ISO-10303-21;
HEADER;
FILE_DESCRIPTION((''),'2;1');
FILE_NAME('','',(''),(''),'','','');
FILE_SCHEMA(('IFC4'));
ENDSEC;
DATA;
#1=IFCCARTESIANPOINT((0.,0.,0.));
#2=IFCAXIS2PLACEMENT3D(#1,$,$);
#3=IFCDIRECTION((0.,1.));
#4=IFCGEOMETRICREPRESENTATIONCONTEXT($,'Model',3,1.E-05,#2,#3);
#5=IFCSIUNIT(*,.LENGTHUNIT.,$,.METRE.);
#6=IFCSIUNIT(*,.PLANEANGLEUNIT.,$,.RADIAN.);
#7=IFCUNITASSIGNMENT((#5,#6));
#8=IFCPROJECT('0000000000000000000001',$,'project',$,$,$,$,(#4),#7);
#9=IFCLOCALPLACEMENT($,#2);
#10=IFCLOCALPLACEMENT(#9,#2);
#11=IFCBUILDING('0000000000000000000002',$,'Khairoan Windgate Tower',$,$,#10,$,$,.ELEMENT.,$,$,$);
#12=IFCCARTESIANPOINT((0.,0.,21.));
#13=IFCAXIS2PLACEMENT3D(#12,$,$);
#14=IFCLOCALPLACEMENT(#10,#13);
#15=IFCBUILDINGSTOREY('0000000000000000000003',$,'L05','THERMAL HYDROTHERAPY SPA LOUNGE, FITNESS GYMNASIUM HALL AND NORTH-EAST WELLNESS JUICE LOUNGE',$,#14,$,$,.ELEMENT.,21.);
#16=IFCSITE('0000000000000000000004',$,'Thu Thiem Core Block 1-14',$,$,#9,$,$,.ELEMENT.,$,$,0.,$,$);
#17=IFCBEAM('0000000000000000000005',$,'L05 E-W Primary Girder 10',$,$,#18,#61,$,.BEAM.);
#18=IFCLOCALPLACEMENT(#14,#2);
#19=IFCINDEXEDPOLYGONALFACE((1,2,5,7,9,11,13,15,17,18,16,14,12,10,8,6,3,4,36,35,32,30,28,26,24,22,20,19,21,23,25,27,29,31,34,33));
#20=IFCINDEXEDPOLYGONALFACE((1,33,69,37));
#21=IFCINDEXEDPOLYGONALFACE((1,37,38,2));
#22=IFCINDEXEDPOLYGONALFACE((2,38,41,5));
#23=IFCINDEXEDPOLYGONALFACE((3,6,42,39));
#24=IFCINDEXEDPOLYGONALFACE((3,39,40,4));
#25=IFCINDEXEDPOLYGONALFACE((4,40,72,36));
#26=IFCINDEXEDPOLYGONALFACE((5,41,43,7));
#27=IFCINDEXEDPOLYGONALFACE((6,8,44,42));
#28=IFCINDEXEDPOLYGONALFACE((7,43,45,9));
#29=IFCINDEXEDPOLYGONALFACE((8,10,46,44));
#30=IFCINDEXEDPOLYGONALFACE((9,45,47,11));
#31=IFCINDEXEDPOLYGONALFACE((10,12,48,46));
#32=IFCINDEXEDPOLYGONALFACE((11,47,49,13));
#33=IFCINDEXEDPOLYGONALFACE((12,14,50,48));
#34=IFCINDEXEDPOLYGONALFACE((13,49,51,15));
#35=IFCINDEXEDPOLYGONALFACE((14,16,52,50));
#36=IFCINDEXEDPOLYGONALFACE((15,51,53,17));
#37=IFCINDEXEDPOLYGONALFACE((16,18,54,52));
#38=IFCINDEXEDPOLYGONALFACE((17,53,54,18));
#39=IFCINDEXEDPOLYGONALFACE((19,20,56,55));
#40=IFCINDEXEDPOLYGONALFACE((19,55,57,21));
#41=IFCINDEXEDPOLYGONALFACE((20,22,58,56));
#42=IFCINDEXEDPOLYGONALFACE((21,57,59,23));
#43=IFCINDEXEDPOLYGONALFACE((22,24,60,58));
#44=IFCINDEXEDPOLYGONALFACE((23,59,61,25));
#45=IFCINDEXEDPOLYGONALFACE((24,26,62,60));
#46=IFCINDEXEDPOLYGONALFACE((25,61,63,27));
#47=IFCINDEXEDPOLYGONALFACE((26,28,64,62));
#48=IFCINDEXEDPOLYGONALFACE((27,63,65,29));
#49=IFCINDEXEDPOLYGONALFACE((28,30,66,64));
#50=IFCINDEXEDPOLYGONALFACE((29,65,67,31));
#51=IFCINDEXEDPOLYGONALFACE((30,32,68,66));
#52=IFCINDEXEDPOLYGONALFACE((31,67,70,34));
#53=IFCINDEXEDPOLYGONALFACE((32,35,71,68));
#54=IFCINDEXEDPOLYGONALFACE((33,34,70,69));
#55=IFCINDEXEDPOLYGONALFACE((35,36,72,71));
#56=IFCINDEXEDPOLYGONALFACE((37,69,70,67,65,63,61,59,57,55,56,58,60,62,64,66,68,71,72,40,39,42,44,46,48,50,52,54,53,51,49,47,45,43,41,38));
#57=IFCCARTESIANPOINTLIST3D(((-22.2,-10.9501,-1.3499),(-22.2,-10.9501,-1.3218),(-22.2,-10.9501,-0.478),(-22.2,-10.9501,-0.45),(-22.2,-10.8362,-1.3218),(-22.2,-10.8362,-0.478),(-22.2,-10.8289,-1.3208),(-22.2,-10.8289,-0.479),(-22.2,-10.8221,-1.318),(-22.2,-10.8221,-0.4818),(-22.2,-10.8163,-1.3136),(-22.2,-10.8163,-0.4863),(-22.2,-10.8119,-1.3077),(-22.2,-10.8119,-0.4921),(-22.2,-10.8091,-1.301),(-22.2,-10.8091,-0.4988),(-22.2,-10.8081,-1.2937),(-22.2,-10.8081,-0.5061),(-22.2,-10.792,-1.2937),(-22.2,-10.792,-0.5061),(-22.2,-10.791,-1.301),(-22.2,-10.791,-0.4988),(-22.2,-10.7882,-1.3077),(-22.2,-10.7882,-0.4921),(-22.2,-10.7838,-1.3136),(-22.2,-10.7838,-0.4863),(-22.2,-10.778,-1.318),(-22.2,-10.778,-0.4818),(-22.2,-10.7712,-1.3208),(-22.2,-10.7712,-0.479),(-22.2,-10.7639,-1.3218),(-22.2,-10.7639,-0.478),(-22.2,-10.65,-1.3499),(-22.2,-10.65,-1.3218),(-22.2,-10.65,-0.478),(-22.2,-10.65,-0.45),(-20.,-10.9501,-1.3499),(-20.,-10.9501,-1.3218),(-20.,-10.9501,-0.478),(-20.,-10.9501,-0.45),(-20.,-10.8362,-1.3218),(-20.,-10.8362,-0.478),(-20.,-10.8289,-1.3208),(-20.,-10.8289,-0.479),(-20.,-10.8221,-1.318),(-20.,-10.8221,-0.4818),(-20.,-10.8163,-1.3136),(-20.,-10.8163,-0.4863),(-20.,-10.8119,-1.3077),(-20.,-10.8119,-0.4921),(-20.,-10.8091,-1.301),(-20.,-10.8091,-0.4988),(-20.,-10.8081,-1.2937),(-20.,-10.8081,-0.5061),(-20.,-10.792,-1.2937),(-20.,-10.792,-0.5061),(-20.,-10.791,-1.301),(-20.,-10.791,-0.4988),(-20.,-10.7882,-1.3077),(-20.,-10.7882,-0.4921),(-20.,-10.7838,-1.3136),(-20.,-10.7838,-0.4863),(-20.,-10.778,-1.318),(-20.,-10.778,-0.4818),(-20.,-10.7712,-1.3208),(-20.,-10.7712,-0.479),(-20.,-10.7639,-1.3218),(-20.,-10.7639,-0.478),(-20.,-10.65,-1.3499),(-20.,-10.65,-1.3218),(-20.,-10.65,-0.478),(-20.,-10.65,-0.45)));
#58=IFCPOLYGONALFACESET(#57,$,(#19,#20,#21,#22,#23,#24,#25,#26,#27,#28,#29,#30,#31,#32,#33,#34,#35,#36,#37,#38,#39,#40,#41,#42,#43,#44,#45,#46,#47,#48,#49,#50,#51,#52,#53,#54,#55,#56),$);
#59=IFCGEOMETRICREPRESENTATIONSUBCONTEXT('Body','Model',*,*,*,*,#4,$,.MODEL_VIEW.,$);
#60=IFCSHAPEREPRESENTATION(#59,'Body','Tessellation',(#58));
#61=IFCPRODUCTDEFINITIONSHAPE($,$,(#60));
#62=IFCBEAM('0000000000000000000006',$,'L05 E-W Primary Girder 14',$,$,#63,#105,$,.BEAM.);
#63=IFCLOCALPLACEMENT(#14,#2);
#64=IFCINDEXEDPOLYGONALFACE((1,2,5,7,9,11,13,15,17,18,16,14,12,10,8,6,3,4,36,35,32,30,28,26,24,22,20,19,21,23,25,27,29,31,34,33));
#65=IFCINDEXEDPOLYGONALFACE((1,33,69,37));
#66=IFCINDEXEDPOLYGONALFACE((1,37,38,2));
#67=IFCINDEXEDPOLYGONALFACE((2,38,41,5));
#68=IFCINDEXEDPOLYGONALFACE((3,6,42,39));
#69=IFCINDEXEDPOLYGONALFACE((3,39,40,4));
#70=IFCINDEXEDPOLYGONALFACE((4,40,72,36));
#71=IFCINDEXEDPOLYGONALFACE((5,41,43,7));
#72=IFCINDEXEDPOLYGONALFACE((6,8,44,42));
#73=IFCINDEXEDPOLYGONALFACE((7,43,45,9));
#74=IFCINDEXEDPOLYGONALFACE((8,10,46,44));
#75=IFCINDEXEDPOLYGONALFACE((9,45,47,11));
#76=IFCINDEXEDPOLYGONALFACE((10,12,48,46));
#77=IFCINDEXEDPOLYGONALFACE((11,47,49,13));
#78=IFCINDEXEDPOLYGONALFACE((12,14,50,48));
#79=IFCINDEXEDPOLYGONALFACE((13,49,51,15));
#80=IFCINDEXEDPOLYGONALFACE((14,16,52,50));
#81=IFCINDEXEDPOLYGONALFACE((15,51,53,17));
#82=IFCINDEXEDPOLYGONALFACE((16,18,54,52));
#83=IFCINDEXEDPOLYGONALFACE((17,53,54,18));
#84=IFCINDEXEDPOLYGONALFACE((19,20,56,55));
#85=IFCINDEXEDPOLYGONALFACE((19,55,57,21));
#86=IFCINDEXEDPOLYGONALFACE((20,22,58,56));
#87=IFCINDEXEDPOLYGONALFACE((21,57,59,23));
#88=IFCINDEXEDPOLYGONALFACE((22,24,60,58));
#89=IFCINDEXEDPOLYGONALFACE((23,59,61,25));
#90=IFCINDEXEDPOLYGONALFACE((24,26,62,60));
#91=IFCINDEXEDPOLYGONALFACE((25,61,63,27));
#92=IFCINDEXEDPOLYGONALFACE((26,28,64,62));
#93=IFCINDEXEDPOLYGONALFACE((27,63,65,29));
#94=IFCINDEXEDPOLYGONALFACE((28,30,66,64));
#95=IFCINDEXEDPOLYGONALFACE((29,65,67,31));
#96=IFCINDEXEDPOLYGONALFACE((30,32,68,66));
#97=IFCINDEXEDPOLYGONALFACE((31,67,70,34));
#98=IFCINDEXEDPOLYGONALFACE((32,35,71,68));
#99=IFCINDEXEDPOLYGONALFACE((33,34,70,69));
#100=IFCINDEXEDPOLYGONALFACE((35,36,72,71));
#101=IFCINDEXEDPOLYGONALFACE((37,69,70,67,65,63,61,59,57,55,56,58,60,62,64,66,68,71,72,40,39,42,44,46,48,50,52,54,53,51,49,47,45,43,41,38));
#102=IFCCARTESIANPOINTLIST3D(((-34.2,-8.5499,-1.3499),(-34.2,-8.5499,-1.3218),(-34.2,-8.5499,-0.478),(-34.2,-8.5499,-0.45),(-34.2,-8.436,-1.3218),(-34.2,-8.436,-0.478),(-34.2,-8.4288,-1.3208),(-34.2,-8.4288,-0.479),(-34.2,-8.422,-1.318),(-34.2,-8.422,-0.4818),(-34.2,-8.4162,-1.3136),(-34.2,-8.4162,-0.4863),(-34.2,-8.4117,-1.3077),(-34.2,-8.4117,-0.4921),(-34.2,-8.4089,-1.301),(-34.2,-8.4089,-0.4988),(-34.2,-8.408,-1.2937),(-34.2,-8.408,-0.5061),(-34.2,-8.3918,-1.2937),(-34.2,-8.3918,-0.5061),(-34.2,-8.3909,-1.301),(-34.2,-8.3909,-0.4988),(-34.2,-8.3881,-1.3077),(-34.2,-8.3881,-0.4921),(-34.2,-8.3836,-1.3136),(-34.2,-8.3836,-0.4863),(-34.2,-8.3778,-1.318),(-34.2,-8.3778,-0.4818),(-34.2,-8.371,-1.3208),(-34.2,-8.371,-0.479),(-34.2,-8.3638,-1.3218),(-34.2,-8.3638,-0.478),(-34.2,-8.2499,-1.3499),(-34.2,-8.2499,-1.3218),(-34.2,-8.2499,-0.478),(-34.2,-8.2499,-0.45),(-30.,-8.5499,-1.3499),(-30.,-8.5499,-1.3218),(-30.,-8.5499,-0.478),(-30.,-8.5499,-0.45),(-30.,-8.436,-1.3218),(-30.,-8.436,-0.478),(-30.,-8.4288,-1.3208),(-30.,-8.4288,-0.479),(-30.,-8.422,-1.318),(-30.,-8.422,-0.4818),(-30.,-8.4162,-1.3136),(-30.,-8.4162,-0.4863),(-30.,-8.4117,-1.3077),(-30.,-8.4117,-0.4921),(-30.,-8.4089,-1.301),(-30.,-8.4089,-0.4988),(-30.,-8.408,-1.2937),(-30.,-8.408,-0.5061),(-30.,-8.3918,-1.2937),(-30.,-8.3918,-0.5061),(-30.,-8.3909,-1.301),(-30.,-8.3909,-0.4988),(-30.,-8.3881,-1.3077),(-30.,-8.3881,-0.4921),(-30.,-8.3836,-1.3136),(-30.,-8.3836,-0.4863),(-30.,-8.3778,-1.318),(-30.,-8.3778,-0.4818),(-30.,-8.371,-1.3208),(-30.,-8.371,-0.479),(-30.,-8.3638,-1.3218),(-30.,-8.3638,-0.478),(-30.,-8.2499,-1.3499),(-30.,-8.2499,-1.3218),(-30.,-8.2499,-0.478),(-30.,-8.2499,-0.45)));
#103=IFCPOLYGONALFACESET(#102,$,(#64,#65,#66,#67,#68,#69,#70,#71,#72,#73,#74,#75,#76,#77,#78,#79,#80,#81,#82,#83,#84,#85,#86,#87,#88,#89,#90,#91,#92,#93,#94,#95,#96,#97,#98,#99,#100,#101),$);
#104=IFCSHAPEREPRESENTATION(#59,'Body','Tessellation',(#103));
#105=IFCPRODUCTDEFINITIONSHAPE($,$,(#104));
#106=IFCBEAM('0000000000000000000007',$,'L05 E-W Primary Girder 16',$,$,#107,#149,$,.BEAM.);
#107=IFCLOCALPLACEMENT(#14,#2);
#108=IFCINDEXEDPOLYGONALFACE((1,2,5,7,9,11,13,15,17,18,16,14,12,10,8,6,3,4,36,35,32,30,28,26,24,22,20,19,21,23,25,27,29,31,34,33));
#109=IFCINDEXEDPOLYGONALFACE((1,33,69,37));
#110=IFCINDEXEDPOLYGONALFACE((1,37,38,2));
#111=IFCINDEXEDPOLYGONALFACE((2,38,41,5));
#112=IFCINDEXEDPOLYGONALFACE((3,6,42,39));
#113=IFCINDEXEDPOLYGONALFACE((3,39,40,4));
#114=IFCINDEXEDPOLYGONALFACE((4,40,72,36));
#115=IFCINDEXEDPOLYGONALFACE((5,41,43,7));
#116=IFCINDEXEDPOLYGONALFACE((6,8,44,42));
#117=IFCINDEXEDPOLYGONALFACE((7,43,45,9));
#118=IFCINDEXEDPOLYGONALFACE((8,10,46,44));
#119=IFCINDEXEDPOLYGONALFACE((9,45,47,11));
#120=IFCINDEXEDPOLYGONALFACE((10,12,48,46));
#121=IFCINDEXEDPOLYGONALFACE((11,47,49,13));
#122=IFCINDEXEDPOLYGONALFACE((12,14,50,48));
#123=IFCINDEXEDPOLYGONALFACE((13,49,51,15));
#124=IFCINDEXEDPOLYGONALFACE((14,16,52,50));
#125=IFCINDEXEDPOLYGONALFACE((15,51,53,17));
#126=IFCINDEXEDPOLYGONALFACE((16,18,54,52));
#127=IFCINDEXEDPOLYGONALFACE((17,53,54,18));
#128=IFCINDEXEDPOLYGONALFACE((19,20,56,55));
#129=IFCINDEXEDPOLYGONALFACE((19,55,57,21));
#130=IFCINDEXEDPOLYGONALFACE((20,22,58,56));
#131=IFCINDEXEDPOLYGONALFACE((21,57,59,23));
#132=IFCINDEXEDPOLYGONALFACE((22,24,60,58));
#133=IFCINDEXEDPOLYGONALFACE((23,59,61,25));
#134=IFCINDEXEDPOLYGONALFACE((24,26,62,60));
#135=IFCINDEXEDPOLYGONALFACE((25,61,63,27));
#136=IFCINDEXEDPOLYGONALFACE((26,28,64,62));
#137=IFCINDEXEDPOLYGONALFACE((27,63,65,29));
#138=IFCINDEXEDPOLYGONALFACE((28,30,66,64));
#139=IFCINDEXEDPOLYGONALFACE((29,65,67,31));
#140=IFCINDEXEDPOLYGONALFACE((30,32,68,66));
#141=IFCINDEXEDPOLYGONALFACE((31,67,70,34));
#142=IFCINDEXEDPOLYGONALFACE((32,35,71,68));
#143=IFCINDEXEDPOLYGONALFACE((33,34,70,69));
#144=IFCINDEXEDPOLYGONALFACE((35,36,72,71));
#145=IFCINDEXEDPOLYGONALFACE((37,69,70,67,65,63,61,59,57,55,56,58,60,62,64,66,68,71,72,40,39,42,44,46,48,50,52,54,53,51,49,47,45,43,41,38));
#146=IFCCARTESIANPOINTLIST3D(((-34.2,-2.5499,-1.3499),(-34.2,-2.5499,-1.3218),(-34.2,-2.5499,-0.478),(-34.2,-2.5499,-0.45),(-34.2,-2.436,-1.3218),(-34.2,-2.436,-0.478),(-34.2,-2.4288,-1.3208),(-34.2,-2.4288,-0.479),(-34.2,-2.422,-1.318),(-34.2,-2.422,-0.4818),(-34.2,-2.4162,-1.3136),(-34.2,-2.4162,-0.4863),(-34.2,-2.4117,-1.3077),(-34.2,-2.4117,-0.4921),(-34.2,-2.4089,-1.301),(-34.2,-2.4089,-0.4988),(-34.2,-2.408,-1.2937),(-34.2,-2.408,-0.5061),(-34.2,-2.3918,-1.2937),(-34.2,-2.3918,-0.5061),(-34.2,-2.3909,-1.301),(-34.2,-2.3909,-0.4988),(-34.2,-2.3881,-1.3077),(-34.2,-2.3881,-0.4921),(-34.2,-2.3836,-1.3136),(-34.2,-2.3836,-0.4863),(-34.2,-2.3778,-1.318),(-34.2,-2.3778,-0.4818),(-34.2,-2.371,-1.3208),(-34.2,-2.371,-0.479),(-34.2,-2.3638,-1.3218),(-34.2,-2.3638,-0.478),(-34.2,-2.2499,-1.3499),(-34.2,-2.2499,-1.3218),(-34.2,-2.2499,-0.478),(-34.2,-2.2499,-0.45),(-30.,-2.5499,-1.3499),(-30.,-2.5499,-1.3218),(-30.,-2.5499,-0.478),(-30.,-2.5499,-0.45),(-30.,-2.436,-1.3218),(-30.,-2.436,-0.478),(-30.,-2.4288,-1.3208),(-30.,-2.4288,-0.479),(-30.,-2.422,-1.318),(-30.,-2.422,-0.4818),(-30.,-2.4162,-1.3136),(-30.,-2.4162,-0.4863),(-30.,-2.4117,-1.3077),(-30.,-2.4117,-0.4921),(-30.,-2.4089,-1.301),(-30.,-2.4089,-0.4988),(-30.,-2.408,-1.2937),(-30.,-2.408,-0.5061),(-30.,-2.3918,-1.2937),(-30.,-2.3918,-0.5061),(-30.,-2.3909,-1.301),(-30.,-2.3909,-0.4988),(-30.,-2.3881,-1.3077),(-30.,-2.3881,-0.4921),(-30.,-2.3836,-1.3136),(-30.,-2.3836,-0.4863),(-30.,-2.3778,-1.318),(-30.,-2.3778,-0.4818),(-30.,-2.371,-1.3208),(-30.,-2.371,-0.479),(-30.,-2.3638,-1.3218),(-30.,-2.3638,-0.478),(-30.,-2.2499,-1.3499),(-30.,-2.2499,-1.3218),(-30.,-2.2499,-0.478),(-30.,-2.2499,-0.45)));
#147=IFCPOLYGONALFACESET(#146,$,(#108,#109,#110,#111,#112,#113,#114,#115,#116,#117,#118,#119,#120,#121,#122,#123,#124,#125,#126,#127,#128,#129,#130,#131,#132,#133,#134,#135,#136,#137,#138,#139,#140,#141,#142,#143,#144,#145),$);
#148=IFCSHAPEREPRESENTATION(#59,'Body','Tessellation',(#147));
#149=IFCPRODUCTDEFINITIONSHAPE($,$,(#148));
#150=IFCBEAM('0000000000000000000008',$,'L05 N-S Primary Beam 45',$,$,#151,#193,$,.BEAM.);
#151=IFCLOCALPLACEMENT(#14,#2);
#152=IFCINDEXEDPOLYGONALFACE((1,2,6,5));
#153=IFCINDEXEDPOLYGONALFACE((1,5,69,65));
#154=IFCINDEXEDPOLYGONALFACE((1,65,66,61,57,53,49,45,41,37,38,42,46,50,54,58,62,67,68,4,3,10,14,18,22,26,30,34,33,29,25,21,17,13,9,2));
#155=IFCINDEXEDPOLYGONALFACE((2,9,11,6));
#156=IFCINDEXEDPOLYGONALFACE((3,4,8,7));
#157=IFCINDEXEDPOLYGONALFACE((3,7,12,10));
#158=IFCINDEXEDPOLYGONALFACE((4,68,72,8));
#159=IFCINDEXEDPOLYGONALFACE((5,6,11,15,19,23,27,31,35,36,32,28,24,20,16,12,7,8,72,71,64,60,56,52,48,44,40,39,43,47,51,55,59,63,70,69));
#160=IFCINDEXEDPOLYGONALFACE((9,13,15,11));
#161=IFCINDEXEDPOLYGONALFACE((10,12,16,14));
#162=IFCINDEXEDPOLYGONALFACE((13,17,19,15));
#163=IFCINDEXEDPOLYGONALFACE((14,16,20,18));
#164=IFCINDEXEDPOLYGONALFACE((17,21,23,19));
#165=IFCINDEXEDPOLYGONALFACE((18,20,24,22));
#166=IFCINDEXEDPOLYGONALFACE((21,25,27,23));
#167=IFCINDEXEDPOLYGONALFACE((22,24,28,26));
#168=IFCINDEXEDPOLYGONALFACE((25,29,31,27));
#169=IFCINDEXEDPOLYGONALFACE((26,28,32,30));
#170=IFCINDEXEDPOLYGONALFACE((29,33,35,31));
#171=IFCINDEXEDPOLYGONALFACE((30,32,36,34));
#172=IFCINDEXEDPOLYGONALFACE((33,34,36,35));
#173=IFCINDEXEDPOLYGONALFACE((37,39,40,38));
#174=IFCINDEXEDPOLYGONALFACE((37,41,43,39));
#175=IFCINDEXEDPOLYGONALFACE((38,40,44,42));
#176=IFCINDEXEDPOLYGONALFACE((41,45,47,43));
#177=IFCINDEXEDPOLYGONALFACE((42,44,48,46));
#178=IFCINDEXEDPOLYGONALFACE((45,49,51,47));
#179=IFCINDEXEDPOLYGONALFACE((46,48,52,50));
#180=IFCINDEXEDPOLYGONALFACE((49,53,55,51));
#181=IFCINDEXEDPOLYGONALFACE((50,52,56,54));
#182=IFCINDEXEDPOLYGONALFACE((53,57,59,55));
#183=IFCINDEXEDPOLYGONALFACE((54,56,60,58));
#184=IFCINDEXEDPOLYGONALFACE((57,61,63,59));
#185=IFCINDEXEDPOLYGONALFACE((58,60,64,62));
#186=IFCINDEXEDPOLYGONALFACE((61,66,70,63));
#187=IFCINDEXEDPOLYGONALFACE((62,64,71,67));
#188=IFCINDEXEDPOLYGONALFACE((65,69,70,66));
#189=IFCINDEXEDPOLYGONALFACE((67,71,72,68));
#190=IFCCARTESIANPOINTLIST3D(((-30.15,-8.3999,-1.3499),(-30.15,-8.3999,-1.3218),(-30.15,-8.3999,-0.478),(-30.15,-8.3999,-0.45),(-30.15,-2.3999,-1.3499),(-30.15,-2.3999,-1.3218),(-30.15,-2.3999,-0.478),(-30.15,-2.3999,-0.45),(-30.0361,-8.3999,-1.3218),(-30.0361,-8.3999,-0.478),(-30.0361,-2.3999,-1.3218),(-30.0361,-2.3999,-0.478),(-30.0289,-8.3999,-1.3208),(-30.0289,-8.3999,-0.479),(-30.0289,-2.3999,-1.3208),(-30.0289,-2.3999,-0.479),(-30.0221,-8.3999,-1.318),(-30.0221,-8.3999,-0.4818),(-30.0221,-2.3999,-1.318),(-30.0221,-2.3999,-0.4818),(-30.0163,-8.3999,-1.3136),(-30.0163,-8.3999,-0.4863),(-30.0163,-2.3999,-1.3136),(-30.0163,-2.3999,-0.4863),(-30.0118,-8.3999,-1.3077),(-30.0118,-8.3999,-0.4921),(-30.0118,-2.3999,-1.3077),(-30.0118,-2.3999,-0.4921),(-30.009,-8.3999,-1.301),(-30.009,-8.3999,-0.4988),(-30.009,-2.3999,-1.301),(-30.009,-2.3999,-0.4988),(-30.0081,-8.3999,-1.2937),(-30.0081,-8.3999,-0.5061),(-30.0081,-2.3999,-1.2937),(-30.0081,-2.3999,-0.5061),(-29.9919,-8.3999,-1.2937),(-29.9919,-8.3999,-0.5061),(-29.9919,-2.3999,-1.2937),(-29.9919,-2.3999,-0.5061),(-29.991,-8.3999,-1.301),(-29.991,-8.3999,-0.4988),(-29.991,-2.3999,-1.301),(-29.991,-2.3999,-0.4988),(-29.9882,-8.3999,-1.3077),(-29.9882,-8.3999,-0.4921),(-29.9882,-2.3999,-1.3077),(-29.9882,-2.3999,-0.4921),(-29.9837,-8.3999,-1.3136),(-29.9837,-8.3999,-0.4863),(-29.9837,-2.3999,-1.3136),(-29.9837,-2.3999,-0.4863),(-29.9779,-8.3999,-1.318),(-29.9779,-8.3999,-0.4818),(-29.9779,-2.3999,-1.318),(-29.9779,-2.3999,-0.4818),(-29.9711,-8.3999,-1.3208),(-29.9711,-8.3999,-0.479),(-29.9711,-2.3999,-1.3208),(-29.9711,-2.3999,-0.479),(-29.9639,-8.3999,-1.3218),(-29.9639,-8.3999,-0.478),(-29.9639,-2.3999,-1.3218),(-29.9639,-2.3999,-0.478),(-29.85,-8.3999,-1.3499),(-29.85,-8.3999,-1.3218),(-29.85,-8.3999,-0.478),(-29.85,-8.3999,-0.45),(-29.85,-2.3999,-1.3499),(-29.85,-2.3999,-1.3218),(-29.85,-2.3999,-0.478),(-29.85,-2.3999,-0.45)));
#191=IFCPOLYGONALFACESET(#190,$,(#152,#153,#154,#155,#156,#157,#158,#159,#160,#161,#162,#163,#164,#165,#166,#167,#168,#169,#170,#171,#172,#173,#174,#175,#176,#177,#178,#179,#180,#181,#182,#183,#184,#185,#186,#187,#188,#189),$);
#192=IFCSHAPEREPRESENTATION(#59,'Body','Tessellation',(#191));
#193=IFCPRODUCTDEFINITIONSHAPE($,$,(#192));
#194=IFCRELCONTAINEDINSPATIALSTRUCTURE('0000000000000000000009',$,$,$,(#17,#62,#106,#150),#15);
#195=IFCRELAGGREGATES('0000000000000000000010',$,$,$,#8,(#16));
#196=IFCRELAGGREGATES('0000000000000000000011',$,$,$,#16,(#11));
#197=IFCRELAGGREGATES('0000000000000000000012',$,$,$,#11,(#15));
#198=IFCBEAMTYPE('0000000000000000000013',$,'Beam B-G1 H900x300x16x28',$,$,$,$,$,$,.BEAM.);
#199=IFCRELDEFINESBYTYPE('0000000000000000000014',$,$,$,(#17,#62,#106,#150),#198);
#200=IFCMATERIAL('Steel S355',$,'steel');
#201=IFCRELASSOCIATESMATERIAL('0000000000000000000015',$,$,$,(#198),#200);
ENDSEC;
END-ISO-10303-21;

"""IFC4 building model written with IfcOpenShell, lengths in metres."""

from ifc_helpers import new_model, si_unit, direction, frame, origin, origin_2d, place, context, subcontext, project, spatial, i_section, extrude, material, material_profile, profile_set, type_object, element, save


model = new_model("IFC4")

# Units and contexts
model_context = context("Model", 3, precision=1e-05, world=origin(), true_north=direction((0.0, 1.0)))
body_context = subcontext(model_context, "Body", "Model", "MODEL_VIEW")
ifc_project = project(units=[si_unit("LENGTHUNIT", "METRE"), si_unit("PLANEANGLEUNIT", "RADIAN")], contexts=[model_context])

# Site, building, storey
site_placement = place(None, origin())
site = spatial("IfcSite", under=ifc_project, at=site_placement, Name="Thu Thiem Core Block 1-14", CompositionType="ELEMENT", RefElevation=0.0)
building_placement = place(site_placement, origin())
building = spatial("IfcBuilding", under=site, at=building_placement, Name="Khairoan Windgate Tower", CompositionType="ELEMENT")
storey_placement = place(building_placement, frame((0.0, 0.0, 21.0)))
storey = spatial("IfcBuildingStorey", under=building, at=storey_placement, Name="L05", Description="THERMAL HYDROTHERAPY SPA LOUNGE, FITNESS GYMNASIUM HALL AND NORTH-EAST WELLNESS JUICE LOUNGE", CompositionType="ELEMENT", Elevation=21.0)

# Beams
ifc_material_1 = material(Name="Steel S355", Category="steel")
ifc_material_profile_1 = material_profile(ifc_material_1, i_section(OverallWidth=0.3, OverallDepth=0.8999, WebThickness=0.0161, FlangeThickness=0.0281, FilletRadius=0.0281, at=origin_2d()))
ifc_profile_set_1 = profile_set([ifc_material_profile_1], Name="Steel S355")
beam_type_1 = type_object("IfcBeamType", Name="Beam B-G1 H900x300x16x28", PredefinedType="BEAM", material=ifc_profile_set_1)
beam_1_placement = place(storey_placement, frame((-22.2, -10.8, -0.8999), z_axis=(1.0, 0.0, 0.0), x_axis=(0.0, 1.0, 0.0)))
element("IfcBeam", 1, at=beam_1_placement, inside=storey, type_object=beam_type_1, Name="L05 E-W Primary Girder 10", PredefinedType="BEAM", context=body_context, shape_type="SweptSolid", body=[
    extrude(i_section(OverallWidth=0.3, OverallDepth=0.8999, WebThickness=0.0161, FlangeThickness=0.0281, FilletRadius=0.0281, at=origin_2d()), origin(), (0.0, 0.0, 1.0), 2.2),
])
for number, where, z_axis, x_axis, name in (
    (2, (-34.2, -8.3999, -0.8999), (1.0, 0.0, 0.0), (0.0, 1.0, 0.0), "L05 E-W Primary Girder 14"),
    (3, (-34.2, -2.3999, -0.8999), (1.0, 0.0, 0.0), (0.0, 1.0, 0.0), "L05 E-W Primary Girder 16"),
):
    element("IfcBeam", number, at=place(storey_placement, frame(where, z_axis=z_axis, x_axis=x_axis)), inside=storey, type_object=beam_type_1, Name=name, PredefinedType="BEAM", context=body_context, shape_type="SweptSolid", body=[
        extrude(i_section(OverallWidth=0.3, OverallDepth=0.8999, WebThickness=0.0161, FlangeThickness=0.0281, FilletRadius=0.0281, at=origin_2d()), origin(), (0.0, 0.0, 1.0), 4.2),
    ])
beam_2_placement = place(storey_placement, frame((-30.0, -8.3999, -0.8999), z_axis=(0.0, 1.0, 0.0), x_axis=(-1.0, 0.0, 0.0)))
element("IfcBeam", 4, at=beam_2_placement, inside=storey, type_object=beam_type_1, Name="L05 N-S Primary Beam 45", PredefinedType="BEAM", context=body_context, shape_type="SweptSolid", body=[
    extrude(i_section(OverallWidth=0.3, OverallDepth=0.8999, WebThickness=0.0161, FlangeThickness=0.0281, FilletRadius=0.0281, at=origin_2d()), origin(), (0.0, 0.0, 1.0), 6.0),
])

save(model, "model.ifc")
